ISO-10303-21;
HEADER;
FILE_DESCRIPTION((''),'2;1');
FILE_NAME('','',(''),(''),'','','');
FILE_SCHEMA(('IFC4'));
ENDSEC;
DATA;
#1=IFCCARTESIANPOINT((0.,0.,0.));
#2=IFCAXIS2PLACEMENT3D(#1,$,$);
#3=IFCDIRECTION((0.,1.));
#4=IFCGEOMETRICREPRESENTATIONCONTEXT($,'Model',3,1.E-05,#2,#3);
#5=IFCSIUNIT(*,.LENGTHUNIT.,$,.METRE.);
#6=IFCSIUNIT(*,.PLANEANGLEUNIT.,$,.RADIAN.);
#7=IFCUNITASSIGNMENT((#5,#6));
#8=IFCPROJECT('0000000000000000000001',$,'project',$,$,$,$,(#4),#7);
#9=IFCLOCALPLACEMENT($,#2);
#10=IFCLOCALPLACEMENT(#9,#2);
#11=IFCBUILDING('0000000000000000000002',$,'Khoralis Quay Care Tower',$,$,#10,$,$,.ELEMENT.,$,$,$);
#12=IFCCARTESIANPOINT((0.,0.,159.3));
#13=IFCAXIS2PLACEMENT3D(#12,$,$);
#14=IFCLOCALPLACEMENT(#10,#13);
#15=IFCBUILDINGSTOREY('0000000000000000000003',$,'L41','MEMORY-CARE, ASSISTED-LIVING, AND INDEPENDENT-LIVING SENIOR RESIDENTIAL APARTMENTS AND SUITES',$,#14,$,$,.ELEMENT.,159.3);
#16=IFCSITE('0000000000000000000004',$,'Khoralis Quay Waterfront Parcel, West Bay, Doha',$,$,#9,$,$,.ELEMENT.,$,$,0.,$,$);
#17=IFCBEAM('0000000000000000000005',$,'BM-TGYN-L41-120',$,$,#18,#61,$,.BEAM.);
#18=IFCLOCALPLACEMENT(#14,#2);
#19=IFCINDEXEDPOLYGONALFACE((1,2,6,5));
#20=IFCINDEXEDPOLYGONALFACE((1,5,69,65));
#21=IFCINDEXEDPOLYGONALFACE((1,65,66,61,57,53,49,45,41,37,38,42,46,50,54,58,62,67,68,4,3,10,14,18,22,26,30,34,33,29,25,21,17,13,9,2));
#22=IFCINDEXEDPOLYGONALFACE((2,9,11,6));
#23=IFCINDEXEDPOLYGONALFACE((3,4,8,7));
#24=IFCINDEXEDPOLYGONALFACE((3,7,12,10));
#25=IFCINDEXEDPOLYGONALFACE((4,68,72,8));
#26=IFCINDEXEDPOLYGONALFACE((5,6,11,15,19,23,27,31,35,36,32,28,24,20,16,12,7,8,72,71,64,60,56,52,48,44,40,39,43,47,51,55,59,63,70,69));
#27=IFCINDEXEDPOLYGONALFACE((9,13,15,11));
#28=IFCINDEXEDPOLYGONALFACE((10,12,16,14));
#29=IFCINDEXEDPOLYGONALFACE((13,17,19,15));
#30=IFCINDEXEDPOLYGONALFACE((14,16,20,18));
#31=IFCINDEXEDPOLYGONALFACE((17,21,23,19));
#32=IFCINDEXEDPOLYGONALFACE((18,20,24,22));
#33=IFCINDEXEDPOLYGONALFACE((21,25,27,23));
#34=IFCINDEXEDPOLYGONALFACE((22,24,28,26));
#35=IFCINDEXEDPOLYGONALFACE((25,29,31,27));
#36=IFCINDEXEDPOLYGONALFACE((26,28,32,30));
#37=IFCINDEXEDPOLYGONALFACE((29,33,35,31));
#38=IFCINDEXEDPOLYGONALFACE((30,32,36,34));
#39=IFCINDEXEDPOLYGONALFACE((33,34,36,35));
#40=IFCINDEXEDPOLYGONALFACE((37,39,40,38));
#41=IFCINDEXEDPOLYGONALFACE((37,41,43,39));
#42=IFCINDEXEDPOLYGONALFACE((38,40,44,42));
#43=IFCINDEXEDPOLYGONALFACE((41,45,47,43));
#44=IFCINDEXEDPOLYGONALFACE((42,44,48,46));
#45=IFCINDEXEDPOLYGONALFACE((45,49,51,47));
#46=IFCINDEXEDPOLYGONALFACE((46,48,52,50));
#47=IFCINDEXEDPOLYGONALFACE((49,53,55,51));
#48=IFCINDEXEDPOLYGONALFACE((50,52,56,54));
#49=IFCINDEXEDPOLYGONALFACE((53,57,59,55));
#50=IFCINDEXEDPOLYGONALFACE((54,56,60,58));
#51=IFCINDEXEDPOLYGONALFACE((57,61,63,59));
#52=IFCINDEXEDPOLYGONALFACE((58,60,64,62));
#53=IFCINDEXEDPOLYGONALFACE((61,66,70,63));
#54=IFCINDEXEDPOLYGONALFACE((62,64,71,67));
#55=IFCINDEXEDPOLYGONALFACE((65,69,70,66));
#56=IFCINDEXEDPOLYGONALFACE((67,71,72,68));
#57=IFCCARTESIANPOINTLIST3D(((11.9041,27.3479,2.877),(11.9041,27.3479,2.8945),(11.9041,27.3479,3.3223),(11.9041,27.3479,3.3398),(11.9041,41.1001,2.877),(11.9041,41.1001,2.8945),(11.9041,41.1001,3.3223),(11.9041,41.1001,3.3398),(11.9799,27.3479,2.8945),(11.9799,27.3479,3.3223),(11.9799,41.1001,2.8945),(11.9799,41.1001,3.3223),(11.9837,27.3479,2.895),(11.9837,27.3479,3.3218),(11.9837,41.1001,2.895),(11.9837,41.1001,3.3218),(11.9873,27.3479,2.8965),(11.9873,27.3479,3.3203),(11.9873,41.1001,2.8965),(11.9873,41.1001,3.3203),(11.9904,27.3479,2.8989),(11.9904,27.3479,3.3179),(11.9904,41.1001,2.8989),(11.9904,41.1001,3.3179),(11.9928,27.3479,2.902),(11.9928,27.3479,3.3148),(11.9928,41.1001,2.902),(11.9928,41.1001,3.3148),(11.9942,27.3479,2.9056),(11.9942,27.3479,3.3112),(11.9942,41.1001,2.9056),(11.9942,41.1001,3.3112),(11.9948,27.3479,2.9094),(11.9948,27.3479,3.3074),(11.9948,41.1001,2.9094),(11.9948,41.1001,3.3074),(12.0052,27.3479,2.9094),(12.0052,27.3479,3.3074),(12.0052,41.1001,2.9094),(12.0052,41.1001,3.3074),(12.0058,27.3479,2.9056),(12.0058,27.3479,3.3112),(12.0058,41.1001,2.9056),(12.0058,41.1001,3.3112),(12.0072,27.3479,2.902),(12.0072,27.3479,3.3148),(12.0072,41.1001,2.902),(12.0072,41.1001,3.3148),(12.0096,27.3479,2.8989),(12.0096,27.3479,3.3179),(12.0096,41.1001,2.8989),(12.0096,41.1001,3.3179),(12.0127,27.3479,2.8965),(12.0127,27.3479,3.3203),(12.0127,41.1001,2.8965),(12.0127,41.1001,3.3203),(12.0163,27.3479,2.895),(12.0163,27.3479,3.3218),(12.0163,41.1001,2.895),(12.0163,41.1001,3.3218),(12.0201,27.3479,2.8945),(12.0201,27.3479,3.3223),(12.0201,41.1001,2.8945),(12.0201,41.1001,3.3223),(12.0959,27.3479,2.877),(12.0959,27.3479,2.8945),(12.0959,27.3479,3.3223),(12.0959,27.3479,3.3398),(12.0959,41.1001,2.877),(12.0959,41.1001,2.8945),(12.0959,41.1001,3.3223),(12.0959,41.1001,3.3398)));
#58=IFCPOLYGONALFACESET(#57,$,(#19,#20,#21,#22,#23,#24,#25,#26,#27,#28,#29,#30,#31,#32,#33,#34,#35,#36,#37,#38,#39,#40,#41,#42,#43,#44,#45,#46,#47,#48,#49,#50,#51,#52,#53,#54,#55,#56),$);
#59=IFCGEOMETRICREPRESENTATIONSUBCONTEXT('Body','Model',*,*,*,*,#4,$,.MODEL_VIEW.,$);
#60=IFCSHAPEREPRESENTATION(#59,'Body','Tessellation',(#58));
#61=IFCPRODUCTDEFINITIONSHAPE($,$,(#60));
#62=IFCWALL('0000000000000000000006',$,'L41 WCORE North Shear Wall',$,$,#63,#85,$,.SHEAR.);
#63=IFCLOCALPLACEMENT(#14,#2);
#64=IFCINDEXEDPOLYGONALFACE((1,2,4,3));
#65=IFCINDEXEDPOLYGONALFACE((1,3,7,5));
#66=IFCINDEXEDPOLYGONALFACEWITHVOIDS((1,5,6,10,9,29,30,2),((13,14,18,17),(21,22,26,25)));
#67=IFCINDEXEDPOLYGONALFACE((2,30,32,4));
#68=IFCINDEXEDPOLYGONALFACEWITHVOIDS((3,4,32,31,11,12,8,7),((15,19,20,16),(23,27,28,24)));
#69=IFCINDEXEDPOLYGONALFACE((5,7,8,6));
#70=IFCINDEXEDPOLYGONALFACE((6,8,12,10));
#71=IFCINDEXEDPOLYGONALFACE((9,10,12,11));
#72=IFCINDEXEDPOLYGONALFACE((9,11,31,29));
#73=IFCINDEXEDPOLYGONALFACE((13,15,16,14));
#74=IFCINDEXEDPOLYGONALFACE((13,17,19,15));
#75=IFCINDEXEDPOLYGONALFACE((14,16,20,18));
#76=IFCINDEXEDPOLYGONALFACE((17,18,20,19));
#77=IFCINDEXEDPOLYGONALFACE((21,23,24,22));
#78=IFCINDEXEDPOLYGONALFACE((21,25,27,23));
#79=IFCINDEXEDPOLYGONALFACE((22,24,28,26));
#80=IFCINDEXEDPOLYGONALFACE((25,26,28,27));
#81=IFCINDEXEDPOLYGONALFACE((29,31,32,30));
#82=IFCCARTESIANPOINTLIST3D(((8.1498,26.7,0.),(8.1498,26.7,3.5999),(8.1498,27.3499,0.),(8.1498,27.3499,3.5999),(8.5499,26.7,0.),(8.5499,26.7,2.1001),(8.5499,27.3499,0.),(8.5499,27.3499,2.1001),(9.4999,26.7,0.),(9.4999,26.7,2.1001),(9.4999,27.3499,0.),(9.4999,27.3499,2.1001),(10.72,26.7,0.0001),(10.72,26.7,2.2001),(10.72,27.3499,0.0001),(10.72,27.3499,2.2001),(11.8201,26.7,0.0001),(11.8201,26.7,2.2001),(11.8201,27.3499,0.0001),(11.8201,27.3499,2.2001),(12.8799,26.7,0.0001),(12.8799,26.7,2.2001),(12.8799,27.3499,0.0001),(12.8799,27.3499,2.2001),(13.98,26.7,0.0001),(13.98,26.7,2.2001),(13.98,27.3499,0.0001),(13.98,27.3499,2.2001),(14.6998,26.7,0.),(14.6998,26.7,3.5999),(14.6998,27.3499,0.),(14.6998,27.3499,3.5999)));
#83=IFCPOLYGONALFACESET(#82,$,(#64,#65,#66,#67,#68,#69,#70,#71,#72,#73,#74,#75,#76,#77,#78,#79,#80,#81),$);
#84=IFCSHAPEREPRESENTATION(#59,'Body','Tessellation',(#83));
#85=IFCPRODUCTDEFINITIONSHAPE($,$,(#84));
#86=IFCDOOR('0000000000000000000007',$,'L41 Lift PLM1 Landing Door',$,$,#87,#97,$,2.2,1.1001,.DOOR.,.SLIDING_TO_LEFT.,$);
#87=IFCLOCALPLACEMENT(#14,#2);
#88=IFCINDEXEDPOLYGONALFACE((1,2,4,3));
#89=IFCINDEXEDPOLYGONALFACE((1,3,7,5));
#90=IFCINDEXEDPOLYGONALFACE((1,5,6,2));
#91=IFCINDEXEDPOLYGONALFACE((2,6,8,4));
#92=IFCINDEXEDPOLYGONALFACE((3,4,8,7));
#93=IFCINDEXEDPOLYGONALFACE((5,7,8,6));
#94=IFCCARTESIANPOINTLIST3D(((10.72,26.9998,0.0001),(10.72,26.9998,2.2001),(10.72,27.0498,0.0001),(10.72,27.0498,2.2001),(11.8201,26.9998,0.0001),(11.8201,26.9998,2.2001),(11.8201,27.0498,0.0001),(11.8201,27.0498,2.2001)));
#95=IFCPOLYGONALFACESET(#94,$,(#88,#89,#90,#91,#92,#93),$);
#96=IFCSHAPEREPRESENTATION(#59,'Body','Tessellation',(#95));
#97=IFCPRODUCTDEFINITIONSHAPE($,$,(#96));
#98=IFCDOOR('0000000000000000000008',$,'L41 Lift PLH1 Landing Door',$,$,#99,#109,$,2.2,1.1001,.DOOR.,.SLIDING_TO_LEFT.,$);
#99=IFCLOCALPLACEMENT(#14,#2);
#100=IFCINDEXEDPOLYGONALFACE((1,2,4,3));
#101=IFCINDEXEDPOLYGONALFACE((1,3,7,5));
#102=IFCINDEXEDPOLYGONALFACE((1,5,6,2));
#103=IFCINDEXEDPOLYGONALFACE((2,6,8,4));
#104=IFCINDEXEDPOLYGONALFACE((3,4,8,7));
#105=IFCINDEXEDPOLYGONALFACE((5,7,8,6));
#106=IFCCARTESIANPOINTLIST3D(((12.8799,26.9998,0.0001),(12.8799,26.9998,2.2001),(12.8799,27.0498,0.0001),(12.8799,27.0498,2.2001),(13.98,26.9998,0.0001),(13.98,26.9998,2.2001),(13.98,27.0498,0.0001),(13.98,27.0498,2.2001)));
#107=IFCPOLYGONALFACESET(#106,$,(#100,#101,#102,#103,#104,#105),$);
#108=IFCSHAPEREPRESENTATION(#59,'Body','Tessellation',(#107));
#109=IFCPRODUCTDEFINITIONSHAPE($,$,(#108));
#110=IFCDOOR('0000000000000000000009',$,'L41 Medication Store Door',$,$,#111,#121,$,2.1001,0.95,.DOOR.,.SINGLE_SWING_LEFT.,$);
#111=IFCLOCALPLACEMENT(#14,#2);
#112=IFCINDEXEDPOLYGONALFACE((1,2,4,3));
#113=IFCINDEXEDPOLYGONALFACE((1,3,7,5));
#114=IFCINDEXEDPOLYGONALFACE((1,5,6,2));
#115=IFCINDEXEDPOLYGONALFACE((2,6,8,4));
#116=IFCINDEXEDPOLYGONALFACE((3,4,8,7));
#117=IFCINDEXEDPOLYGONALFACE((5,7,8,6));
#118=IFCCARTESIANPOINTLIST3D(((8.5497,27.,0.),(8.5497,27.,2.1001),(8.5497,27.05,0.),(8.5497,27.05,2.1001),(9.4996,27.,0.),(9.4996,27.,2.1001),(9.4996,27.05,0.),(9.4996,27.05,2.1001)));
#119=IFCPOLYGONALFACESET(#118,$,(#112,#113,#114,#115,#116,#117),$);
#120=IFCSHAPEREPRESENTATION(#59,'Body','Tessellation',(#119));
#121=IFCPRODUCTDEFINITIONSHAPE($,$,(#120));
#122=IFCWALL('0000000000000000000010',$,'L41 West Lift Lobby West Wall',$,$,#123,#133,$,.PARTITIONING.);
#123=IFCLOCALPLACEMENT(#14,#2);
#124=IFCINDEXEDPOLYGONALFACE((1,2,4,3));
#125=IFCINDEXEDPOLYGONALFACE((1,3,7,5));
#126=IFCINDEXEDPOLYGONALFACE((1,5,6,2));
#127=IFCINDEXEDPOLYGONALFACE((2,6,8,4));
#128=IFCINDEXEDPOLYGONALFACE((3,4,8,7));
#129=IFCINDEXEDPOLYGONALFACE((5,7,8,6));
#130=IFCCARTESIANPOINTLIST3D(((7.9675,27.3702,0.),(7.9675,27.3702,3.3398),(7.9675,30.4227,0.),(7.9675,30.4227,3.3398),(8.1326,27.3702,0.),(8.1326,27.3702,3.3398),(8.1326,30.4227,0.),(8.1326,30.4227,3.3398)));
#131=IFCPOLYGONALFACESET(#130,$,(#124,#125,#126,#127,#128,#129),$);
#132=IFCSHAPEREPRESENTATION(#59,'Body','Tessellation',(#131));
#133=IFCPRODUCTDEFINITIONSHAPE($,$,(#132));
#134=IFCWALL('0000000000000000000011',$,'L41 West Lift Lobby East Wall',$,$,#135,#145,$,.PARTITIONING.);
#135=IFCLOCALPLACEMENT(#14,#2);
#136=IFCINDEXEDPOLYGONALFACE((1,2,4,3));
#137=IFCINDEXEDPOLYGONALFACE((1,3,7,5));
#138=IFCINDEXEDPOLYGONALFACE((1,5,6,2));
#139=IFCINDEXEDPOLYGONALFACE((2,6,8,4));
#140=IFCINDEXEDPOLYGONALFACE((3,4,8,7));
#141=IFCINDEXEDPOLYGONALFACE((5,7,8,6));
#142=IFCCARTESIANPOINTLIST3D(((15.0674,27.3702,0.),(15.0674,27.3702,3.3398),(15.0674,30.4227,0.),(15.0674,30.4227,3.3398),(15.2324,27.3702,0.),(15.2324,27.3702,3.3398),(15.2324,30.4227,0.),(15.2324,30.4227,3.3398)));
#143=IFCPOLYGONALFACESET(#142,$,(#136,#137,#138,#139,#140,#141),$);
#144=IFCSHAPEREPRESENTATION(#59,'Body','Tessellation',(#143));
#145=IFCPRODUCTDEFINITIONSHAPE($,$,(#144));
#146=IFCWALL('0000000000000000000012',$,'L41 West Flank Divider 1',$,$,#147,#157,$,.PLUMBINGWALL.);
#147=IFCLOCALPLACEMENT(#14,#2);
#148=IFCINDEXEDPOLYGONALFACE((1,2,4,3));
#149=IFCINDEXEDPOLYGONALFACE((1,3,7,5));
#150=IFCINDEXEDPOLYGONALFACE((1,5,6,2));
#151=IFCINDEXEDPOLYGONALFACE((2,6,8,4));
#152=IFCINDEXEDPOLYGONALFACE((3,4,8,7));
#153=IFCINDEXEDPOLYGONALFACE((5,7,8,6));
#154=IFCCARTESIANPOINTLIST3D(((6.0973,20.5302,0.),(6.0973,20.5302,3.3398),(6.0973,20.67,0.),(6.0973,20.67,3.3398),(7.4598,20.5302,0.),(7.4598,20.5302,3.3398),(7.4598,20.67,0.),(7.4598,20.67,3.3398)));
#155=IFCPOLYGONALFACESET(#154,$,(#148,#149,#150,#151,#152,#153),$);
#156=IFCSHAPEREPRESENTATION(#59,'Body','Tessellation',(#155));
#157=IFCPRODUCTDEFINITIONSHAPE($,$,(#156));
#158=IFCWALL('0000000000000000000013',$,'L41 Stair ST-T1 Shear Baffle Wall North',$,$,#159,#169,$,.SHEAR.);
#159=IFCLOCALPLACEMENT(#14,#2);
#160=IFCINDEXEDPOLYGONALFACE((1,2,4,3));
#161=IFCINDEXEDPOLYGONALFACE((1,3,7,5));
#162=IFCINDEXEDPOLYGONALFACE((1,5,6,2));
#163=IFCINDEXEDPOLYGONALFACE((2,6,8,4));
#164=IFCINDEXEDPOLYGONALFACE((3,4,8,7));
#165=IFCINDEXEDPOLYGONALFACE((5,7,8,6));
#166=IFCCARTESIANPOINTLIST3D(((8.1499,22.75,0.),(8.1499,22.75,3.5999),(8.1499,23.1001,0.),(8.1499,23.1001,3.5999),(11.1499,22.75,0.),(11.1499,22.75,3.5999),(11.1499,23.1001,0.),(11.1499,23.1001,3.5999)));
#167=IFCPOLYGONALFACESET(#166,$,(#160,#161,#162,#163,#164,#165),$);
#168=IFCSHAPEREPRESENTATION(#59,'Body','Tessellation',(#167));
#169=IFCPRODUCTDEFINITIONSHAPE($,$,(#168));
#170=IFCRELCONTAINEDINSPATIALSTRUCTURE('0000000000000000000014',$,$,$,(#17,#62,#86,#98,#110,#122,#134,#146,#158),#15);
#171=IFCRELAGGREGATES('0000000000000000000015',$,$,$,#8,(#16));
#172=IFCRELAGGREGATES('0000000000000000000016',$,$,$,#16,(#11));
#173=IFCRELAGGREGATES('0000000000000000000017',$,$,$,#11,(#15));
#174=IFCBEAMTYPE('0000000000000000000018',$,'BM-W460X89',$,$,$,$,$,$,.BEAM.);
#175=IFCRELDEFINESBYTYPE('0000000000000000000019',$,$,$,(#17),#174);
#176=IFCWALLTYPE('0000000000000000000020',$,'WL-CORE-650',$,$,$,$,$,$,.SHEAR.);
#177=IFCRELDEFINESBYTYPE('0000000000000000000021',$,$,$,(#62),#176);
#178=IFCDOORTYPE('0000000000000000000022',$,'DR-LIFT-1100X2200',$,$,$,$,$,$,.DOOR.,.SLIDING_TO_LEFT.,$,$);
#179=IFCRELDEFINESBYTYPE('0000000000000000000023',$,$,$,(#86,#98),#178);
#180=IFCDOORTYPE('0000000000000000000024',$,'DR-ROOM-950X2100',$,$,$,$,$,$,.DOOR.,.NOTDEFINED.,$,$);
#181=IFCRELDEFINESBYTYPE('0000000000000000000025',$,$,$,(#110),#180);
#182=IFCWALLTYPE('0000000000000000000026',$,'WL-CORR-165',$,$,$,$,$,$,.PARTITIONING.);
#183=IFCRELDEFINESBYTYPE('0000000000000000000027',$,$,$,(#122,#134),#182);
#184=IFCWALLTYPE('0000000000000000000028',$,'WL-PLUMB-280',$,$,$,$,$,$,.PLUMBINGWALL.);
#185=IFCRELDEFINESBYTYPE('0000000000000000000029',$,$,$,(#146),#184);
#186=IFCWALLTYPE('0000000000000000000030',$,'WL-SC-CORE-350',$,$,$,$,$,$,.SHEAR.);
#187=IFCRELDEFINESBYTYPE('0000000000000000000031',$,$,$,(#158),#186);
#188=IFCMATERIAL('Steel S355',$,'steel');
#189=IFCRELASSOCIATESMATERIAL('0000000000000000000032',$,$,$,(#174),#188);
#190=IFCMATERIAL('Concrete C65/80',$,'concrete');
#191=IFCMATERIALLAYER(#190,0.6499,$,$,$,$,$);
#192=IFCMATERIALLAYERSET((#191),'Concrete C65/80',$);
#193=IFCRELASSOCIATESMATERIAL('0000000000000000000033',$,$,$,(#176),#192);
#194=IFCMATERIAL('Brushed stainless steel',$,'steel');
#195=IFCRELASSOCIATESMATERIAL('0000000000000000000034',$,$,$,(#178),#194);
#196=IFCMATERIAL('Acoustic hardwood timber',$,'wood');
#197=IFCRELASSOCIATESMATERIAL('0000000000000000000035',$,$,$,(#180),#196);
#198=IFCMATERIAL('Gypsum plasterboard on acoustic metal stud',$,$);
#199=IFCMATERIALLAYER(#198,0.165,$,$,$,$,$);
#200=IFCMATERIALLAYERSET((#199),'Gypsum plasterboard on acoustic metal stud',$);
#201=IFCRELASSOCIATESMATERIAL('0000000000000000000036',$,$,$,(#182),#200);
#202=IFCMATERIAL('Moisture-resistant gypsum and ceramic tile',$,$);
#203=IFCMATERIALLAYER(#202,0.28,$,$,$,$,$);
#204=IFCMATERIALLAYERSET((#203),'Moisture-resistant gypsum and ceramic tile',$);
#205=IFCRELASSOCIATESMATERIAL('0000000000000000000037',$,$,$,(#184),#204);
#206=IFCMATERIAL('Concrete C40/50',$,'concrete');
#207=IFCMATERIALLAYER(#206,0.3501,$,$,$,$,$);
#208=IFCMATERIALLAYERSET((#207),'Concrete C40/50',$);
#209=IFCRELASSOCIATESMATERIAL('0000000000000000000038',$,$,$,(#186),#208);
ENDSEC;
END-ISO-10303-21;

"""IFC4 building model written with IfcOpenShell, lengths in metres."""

from ifc_helpers import new_model, si_unit, direction, frame, frame_2d, origin, origin_2d, place, context, subcontext, project, spatial, rectangle, i_section, extrude, source, transform, mapped, material, layer, layer_set, material_profile, profile_set, type_object, element, fill, save


model = new_model("IFC4")

# Units and contexts
model_context = context("Model", 3, precision=1e-05, world=origin(), true_north=direction((0.0, 1.0)))
body_context = subcontext(model_context, "Body", "Model", "MODEL_VIEW")
ifc_project = project(units=[si_unit("LENGTHUNIT", "METRE"), si_unit("PLANEANGLEUNIT", "RADIAN")], contexts=[model_context])

# Site, building, storey
site_placement = place(None, origin())
site = spatial("IfcSite", under=ifc_project, at=site_placement, Name="Khoralis Quay Waterfront Parcel, West Bay, Doha", CompositionType="ELEMENT", RefElevation=0.0)
building_placement = place(site_placement, origin())
building = spatial("IfcBuilding", under=site, at=building_placement, Name="Khoralis Quay Care Tower", CompositionType="ELEMENT")
storey_placement = place(building_placement, frame((0.0, 0.0, 159.3)))
storey = spatial("IfcBuildingStorey", under=building, at=storey_placement, Name="L41", Description="MEMORY-CARE, ASSISTED-LIVING, AND INDEPENDENT-LIVING SENIOR RESIDENTIAL APARTMENTS AND SUITES", CompositionType="ELEMENT", Elevation=159.3)

# Beam
ifc_material_1 = material(Name="Concrete C65/80", Category="concrete")
ifc_material_2 = material(Name="Steel S355", Category="steel")
ifc_material_profile_1 = material_profile(ifc_material_2, i_section(OverallWidth=0.1919, OverallDepth=0.4629, WebThickness=0.0105, FlangeThickness=0.0176, FilletRadius=0.0149, at=origin_2d()), Name="Steel S355")
ifc_profile_set_1 = profile_set([ifc_material_profile_1], Name="Steel S355")
beam_type_1 = type_object("IfcBeamType", Name="BM-W460X89", PredefinedType="BEAM", material=ifc_profile_set_1)
shared_shape_1 = source(origin(), body_context, "Body", "SweptSolid", [
    extrude(i_section(OverallWidth=0.1919, OverallDepth=0.4629, WebThickness=0.0105, FlangeThickness=0.0176, FilletRadius=0.0149, at=origin_2d()), origin(), (0.0, 0.0, 1.0), 13.7522),
])
beam_1_placement = place(storey_placement, frame((12.0, 27.3479, 3.1084), z_axis=(0.0, 1.0, 0.0), x_axis=(-1.0, 0.0, 0.0)))
element("IfcBeam", 1, at=beam_1_placement, inside=storey, type_object=beam_type_1, Name="BM-TGYN-L41-120", PredefinedType="BEAM", context=body_context, shape_type="MappedRepresentation", body=[
    mapped(shared_shape_1, transform((0.0, 0.0, 0.0), scale=1.0)),
])

# Wall, openings, doors
ifc_layer_1 = layer(ifc_material_1, 0.6499)
ifc_layer_set_1 = layer_set([ifc_layer_1], Name="Concrete C65/80")
wall_type_1 = type_object("IfcWallType", Name="WL-CORE-650", PredefinedType="SHEAR", material=ifc_layer_set_1)
wall_1_placement = place(storey_placement, frame((8.1499, 27.0249, 0.0), z_axis=(0.0, 0.0, 1.0), x_axis=(1.0, 0.0, 0.0)))
wall_1 = element("IfcWall", 2, at=wall_1_placement, inside=storey, type_object=wall_type_1, Name="L41 WCORE North Shear Wall", PredefinedType="SHEAR", context=body_context, shape_type="SweptSolid", body=[
    extrude(rectangle(XDim=6.55, YDim=0.6499, at=frame_2d((3.2749, 0.0))), origin(), (0.0, 0.0, 1.0), 3.5999),
])
opening_1_placement = place(wall_1_placement, frame((0.3999, 0.0, 0.0)))
opening_1 = element("IfcOpeningElement", 3, at=opening_1_placement, cuts=wall_1, PredefinedType="OPENING", context=body_context, shape_type="SweptSolid", body=[
    extrude(rectangle(XDim=0.95, YDim=2.1001, at=frame_2d((0.4751, 1.05))), frame((0.0, 0.335, 0.0), z_axis=(0.0, -1.0, 0.0), x_axis=(1.0, 0.0, 0.0)), (0.0, 0.0, 1.0), 0.6699),
])
opening_2_placement = place(wall_1_placement, frame((2.5701, 0.0, 0.0)))
opening_2 = element("IfcOpeningElement", 4, at=opening_2_placement, cuts=wall_1, PredefinedType="OPENING", context=body_context, shape_type="SweptSolid", body=[
    extrude(rectangle(XDim=1.1001, YDim=2.2, at=frame_2d((0.55, 1.1001))), frame((0.0, 0.335, 0.0), z_axis=(0.0, -1.0, 0.0), x_axis=(1.0, 0.0, 0.0)), (0.0, 0.0, 1.0), 0.6699),
])
opening_3_placement = place(wall_1_placement, frame((4.73, 0.0, 0.0)))
opening_3 = element("IfcOpeningElement", 5, at=opening_3_placement, cuts=wall_1, PredefinedType="OPENING", context=body_context, shape_type="SweptSolid", body=[
    extrude(rectangle(XDim=1.1001, YDim=2.2, at=frame_2d((0.55, 1.1001))), frame((0.0, 0.335, 0.0), z_axis=(0.0, -1.0, 0.0), x_axis=(1.0, 0.0, 0.0)), (0.0, 0.0, 1.0), 0.6699),
])
ifc_material_3 = material(Name="Brushed stainless steel", Category="steel")
door_type_1 = type_object("IfcDoorType", Name="DR-LIFT-1100X2200", OperationType="SLIDING_TO_LEFT", PredefinedType="DOOR", material=ifc_material_3)
shared_shape_2 = source(origin(), body_context, "Body", "SweptSolid", [
    extrude(rectangle(XDim=1.1001, YDim=2.2, at=frame_2d((0.55, 1.1001))), frame((0.0, 0.0249, 0.0), z_axis=(0.0, -1.0, 0.0), x_axis=(1.0, 0.0, 0.0)), (0.0, 0.0, 1.0), 0.05),
])
door_1_placement = place(opening_2_placement, origin())
door_1 = element("IfcDoor", 6, at=door_1_placement, inside=storey, type_object=door_type_1, Name="L41 Lift PLM1 Landing Door", OperationType="SLIDING_TO_LEFT", OverallHeight=2.2, OverallWidth=1.1001, PredefinedType="DOOR", context=body_context, shape_type="MappedRepresentation", body=[
    mapped(shared_shape_2, transform((0.0, 0.0, 0.0), scale=1.0)),
])
fill(opening_2, door_1)
door_2_placement = place(opening_3_placement, origin())
door_2 = element("IfcDoor", 7, at=door_2_placement, inside=storey, type_object=door_type_1, Name="L41 Lift PLH1 Landing Door", OperationType="SLIDING_TO_LEFT", OverallHeight=2.2, OverallWidth=1.1001, PredefinedType="DOOR", context=body_context, shape_type="MappedRepresentation", body=[
    mapped(shared_shape_2, transform((0.0, 0.0, 0.0), scale=1.0)),
])
fill(opening_3, door_2)
ifc_material_4 = material(Name="Acoustic hardwood timber", Category="wood")
door_type_2 = type_object("IfcDoorType", Name="DR-ROOM-950X2100", OperationType="NOTDEFINED", PredefinedType="DOOR", material=ifc_material_4)
shared_shape_3 = source(origin(), body_context, "Body", "SweptSolid", [
    extrude(rectangle(XDim=0.95, YDim=2.1001, at=frame_2d((0.4751, 1.05))), frame((0.0, 0.0249, 0.0), z_axis=(0.0, -1.0, 0.0), x_axis=(1.0, 0.0, 0.0)), (0.0, 0.0, 1.0), 0.05),
])
door_3_placement = place(opening_1_placement, frame((0.95, 0.0, 0.0), z_axis=(0.0, 0.0, 1.0), x_axis=(-1.0, 0.0, 0.0)))
door_3 = element("IfcDoor", 8, at=door_3_placement, inside=storey, type_object=door_type_2, Name="L41 Medication Store Door", OperationType="SINGLE_SWING_LEFT", OverallHeight=2.1001, OverallWidth=0.95, PredefinedType="DOOR", context=body_context, shape_type="MappedRepresentation", body=[
    mapped(shared_shape_3, transform((0.0, 0.0, 0.0), scale=1.0)),
])
fill(opening_1, door_3)

# Walls
ifc_material_5 = material(Name="Gypsum plasterboard on acoustic metal stud")
ifc_layer_2 = layer(ifc_material_5, 0.165)
ifc_layer_set_2 = layer_set([ifc_layer_2], Name="Gypsum plasterboard on acoustic metal stud")
wall_type_2 = type_object("IfcWallType", Name="WL-CORR-165", PredefinedType="PARTITIONING", material=ifc_layer_set_2)
for number, where, z_axis, x_axis, name in (
    (9, (8.05, 27.3701, 0.0), (0.0, 0.0, 1.0), (0.0, 1.0, 0.0), "L41 West Lift Lobby West Wall"),
    (10, (15.1499, 27.3701, 0.0), (0.0, 0.0, 1.0), (0.0, 1.0, 0.0), "L41 West Lift Lobby East Wall"),
):
    element("IfcWall", number, at=place(storey_placement, frame(where, z_axis=z_axis, x_axis=x_axis)), inside=storey, type_object=wall_type_2, Name=name, PredefinedType="PARTITIONING", context=body_context, shape_type="SweptSolid", body=[
        extrude(rectangle(XDim=3.0525, YDim=0.165, at=frame_2d((1.5264, 0.0))), origin(), (0.0, 0.0, 1.0), 3.3398),
    ])
ifc_material_6 = material(Name="Moisture-resistant gypsum and ceramic tile")
ifc_layer_3 = layer(ifc_material_6, 0.28)
ifc_layer_set_3 = layer_set([ifc_layer_3], Name="Moisture-resistant gypsum and ceramic tile")
wall_type_3 = type_object("IfcWallType", Name="WL-PLUMB-280", PredefinedType="PLUMBINGWALL", material=ifc_layer_set_3)
wall_2_placement = place(storey_placement, frame((6.0974, 20.6001, 0.0), z_axis=(0.0, 0.0, 1.0), x_axis=(1.0, 0.0, 0.0)))
element("IfcWall", 11, at=wall_2_placement, inside=storey, type_object=wall_type_3, Name="L41 West Flank Divider 1", PredefinedType="PLUMBINGWALL", context=body_context, shape_type="SweptSolid", body=[
    extrude(rectangle(XDim=1.3625, YDim=0.1399, at=frame_2d((0.6812, 0.0))), origin(), (0.0, 0.0, 1.0), 3.3398),
])
ifc_material_7 = material(Name="Concrete C40/50", Category="concrete")
ifc_layer_4 = layer(ifc_material_7, 0.3501)
ifc_layer_set_4 = layer_set([ifc_layer_4], Name="Concrete C40/50")
wall_type_4 = type_object("IfcWallType", Name="WL-SC-CORE-350", PredefinedType="SHEAR", material=ifc_layer_set_4)
wall_3_placement = place(storey_placement, frame((8.1499, 22.925, 0.0), z_axis=(0.0, 0.0, 1.0), x_axis=(1.0, 0.0, 0.0)))
element("IfcWall", 12, at=wall_3_placement, inside=storey, type_object=wall_type_4, Name="L41 Stair ST-T1 Shear Baffle Wall North", PredefinedType="SHEAR", context=body_context, shape_type="SweptSolid", body=[
    extrude(rectangle(XDim=3.0, YDim=0.3501, at=frame_2d((1.5, 0.0))), origin(), (0.0, 0.0, 1.0), 3.5999),
])

save(model, "model.ifc")
